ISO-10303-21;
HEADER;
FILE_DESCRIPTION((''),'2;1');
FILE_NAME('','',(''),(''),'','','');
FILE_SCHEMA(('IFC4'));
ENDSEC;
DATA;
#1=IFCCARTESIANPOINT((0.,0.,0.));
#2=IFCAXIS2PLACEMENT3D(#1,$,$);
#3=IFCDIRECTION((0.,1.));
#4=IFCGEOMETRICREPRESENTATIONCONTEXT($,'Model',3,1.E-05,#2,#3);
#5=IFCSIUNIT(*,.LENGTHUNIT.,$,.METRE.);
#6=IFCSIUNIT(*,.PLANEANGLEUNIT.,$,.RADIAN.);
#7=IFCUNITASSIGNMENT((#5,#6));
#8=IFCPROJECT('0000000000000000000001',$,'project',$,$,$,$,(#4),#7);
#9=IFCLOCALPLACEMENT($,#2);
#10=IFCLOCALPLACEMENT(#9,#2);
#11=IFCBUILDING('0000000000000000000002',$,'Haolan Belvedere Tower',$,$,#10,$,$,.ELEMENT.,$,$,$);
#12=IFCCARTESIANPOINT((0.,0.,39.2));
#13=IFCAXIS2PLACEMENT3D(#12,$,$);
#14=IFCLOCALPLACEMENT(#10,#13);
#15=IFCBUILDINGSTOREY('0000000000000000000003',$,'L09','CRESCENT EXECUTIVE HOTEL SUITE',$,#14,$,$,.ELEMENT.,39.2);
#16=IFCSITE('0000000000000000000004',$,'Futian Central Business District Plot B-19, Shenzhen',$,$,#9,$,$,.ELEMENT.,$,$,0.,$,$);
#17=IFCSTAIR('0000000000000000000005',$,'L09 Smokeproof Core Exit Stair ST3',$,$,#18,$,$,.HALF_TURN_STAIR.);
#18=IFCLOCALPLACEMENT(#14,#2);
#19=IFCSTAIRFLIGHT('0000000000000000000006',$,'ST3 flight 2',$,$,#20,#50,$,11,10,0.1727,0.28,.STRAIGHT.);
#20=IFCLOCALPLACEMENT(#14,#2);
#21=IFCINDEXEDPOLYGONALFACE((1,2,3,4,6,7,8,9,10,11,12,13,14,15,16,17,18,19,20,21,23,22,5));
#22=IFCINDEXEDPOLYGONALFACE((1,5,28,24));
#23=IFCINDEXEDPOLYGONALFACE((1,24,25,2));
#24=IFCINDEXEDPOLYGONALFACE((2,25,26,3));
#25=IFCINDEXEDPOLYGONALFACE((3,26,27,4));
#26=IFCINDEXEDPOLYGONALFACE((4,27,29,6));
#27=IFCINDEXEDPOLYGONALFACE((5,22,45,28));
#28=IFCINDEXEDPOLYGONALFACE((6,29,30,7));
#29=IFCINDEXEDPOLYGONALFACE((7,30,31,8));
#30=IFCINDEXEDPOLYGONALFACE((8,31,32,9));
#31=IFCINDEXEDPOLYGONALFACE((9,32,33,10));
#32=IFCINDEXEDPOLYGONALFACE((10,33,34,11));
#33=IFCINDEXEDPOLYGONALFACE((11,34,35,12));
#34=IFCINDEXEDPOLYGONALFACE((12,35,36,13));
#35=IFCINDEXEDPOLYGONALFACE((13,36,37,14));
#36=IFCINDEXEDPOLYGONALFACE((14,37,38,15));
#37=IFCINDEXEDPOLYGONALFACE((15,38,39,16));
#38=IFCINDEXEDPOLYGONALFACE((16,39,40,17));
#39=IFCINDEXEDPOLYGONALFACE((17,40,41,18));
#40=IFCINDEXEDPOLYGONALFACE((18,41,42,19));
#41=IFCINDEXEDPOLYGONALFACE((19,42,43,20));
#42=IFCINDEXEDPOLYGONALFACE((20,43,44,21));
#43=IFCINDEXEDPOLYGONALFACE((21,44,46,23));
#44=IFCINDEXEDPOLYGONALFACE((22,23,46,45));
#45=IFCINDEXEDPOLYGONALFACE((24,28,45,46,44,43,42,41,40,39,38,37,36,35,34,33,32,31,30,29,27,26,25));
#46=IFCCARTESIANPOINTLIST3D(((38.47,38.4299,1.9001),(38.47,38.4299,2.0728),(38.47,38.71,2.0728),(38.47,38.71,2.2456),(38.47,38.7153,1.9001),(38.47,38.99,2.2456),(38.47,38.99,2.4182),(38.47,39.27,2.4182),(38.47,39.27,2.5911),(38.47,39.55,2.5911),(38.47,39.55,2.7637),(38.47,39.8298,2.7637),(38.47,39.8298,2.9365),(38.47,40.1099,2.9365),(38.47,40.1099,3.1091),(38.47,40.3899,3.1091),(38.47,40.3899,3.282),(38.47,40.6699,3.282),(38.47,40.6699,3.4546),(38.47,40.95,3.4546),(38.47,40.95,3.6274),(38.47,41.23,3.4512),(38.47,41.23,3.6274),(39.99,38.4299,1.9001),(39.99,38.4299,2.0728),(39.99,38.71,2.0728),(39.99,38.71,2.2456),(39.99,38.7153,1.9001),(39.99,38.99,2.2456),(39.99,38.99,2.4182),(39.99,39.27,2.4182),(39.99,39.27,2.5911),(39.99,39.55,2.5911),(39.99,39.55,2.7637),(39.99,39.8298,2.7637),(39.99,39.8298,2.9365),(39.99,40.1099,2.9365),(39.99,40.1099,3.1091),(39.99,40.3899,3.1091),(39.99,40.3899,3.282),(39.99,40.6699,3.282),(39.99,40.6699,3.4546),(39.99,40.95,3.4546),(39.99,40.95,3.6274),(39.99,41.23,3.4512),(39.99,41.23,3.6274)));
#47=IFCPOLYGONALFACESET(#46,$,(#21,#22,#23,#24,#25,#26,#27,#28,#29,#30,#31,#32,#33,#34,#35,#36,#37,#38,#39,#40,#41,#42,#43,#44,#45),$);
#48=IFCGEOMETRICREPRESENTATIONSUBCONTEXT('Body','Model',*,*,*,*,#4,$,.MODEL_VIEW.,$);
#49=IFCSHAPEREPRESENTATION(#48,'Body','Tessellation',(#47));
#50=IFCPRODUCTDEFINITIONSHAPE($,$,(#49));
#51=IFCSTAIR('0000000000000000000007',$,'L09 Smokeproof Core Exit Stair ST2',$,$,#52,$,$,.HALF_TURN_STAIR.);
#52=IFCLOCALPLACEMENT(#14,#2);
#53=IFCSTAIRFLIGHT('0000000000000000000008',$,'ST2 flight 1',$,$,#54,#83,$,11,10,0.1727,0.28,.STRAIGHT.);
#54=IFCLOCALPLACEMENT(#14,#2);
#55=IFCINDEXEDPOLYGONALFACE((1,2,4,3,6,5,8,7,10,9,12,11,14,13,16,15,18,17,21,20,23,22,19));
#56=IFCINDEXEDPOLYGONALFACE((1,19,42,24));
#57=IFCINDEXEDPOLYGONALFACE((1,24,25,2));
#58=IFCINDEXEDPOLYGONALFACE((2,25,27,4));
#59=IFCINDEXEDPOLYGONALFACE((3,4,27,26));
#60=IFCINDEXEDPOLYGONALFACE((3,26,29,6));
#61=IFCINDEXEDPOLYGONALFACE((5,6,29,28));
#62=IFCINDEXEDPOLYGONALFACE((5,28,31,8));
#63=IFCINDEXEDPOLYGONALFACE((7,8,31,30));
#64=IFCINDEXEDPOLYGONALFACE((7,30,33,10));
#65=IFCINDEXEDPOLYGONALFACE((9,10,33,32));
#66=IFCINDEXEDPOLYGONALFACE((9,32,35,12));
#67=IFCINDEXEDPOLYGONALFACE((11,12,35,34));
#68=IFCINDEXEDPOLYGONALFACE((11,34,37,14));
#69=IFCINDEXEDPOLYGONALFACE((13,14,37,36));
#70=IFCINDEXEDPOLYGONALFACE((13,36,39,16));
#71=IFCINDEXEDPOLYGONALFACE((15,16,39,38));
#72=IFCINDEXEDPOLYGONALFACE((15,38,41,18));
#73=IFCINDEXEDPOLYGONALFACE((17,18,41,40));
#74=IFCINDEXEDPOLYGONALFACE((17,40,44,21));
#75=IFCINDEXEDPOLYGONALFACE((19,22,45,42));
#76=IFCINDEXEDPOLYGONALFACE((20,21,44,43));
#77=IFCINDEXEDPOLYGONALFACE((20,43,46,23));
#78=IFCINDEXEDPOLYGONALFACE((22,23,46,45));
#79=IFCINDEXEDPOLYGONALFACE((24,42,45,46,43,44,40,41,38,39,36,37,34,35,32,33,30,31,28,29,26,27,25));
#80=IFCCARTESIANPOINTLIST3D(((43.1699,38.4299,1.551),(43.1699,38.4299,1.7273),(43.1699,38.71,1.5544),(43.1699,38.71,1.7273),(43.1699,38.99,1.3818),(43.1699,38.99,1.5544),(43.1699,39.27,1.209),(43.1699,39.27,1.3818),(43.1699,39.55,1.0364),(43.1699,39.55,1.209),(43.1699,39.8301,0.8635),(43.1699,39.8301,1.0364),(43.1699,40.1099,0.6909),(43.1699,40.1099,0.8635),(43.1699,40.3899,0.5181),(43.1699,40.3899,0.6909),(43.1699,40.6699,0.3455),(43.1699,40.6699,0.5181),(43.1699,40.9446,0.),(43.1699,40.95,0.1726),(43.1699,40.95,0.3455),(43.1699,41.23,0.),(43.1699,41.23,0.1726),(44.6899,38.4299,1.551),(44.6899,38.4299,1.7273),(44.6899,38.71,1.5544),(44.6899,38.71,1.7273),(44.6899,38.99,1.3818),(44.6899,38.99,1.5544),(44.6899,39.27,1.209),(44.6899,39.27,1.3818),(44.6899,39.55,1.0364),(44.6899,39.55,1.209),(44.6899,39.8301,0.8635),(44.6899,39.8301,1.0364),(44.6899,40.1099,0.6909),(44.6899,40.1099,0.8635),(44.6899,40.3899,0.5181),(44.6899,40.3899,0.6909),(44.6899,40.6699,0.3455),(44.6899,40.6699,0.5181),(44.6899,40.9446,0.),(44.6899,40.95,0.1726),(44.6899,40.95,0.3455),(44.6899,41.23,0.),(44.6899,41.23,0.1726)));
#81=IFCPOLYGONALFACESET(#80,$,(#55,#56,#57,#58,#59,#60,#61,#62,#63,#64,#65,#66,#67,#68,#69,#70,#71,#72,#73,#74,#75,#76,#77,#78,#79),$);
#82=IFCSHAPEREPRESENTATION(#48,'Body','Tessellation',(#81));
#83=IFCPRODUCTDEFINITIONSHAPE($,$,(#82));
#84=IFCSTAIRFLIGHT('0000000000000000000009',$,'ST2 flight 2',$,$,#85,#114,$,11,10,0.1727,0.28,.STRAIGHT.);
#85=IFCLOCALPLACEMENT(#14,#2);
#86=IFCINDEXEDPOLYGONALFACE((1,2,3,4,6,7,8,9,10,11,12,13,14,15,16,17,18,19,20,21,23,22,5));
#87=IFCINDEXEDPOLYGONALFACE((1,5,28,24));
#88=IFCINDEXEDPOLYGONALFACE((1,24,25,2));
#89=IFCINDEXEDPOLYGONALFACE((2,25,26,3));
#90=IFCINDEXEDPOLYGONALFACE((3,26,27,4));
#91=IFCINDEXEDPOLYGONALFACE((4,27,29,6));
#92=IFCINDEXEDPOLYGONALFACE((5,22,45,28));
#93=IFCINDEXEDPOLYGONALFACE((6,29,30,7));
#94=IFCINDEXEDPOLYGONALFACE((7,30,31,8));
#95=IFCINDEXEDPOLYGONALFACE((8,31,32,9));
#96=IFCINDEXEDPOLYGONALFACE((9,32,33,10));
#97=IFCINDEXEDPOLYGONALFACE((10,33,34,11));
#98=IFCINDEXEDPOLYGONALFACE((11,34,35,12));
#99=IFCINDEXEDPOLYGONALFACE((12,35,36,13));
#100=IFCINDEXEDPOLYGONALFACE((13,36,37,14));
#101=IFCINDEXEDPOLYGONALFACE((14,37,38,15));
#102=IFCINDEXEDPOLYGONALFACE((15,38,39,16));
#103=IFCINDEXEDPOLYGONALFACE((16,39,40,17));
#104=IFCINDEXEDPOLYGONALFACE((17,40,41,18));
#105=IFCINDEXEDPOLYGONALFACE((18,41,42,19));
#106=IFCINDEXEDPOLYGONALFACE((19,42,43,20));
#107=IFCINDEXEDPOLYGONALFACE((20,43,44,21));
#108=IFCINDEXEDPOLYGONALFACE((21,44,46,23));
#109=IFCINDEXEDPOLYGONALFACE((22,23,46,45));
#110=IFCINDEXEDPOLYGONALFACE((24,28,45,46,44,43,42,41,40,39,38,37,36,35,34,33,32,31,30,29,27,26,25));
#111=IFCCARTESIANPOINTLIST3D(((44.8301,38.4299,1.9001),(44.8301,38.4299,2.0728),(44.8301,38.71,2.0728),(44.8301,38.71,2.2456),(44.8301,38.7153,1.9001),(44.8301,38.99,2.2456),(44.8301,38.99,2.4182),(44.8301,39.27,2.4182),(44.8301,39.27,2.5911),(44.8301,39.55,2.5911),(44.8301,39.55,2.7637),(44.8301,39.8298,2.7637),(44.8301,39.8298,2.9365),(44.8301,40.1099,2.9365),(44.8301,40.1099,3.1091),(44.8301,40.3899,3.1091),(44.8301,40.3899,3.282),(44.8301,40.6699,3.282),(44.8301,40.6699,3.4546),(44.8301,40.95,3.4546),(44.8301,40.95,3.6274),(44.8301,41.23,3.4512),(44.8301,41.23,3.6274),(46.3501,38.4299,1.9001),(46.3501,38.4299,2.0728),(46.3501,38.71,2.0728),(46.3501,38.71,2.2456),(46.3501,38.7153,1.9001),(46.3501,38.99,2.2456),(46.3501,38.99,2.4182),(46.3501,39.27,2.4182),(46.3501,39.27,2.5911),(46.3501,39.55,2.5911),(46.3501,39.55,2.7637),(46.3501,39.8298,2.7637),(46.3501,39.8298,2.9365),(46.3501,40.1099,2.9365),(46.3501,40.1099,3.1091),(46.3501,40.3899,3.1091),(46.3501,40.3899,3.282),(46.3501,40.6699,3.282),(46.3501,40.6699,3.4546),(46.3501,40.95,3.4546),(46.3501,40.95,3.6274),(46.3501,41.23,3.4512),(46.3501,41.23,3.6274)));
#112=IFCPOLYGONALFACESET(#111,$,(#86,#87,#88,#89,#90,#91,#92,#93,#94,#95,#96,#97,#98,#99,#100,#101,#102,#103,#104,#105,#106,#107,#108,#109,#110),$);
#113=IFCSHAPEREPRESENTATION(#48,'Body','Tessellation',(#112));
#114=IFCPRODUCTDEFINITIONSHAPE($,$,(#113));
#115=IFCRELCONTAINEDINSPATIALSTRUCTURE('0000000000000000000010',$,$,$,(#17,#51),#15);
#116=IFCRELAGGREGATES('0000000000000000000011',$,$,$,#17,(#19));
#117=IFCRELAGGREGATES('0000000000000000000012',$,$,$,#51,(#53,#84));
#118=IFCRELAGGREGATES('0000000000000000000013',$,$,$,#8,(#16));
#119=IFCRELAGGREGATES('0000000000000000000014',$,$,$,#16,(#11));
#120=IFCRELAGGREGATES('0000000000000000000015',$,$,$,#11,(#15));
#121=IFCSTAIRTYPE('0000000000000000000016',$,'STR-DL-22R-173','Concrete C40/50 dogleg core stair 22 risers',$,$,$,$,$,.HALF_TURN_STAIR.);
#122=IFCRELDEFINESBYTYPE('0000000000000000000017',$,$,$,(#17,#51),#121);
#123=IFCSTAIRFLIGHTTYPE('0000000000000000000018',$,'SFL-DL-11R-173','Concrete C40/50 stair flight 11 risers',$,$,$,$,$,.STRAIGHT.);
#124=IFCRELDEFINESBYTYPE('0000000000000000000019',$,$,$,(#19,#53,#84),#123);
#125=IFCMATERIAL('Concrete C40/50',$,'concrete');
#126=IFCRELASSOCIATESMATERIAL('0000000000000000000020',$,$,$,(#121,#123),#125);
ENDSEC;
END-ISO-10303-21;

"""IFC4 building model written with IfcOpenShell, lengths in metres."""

from ifc_helpers import new_model, si_unit, direction, frame, origin, place, context, subcontext, project, spatial, polyline, outline, extrude, material, type_object, element, aggregate, save


model = new_model("IFC4")

# Units and contexts
model_context = context("Model", 3, precision=1e-05, world=origin(), true_north=direction((0.0, 1.0)))
body_context = subcontext(model_context, "Body", "Model", "MODEL_VIEW")
ifc_project = project(units=[si_unit("LENGTHUNIT", "METRE"), si_unit("PLANEANGLEUNIT", "RADIAN")], contexts=[model_context])

# Site, building, storey
site_placement = place(None, origin())
site = spatial("IfcSite", under=ifc_project, at=site_placement, Name="Futian Central Business District Plot B-19, Shenzhen", CompositionType="ELEMENT", RefElevation=0.0)
building_placement = place(site_placement, origin())
building = spatial("IfcBuilding", under=site, at=building_placement, Name="Haolan Belvedere Tower", CompositionType="ELEMENT")
storey_placement = place(building_placement, frame((0.0, 0.0, 39.2)))
storey = spatial("IfcBuildingStorey", under=building, at=storey_placement, Name="L09", Description="CRESCENT EXECUTIVE HOTEL SUITE", CompositionType="ELEMENT", Elevation=39.2)

# Stairs, stair flights
ifc_material_1 = material(Name="Concrete C40/50", Category="concrete")
stair_type = type_object("IfcStairType", Name="STR-DL-22R-173", Description="Concrete C40/50 dogleg core stair 22 risers", PredefinedType="HALF_TURN_STAIR", material=ifc_material_1)
stair_1_placement = place(storey_placement, origin())
stair_1 = element("IfcStair", 1, at=stair_1_placement, inside=storey, type_object=stair_type, Name="L09 Smokeproof Core Exit Stair ST3", PredefinedType="HALF_TURN_STAIR")
stair_flight_type = type_object("IfcStairFlightType", Name="SFL-DL-11R-173", Description="Concrete C40/50 stair flight 11 risers", PredefinedType="STRAIGHT", material=ifc_material_1)
stair_flight_1_placement = place(storey_placement, frame((39.23, 38.4299, 1.9001), z_axis=(0.0, 0.0, 1.0), x_axis=(0.0, 1.0, 0.0)))
stair_flight_1 = element("IfcStairFlight", 2, at=stair_flight_1_placement, type_object=stair_flight_type, Name="ST3 flight 2", NumberOfRisers=11, NumberOfTreads=10, PredefinedType="STRAIGHT", RiserHeight=0.1727, TreadLength=0.28, context=body_context, shape_type="SweptSolid", body=[
    extrude(outline(polyline([(0.0, 0.0), (0.0, 0.1726), (0.28, 0.1726), (0.28, 0.3455), (0.5601, 0.3455), (0.5601, 0.5181), (0.8401, 0.5181), (0.8401, 0.6909), (1.1201, 0.6909), (1.1201, 0.8635), (1.3999, 0.8635), (1.3999, 1.0364), (1.6799, 1.0364), (1.6799, 1.209), (1.96, 1.209), (1.96, 1.3818), (2.24, 1.3818), (2.24, 1.5544), (2.52, 1.5544), (2.52, 1.7273), (2.8, 1.7273), (2.8, 1.8999), (2.8, 1.551), (0.2854, 0.0), (0.0, 0.0)])), frame((0.0, 0.76, 0.0), z_axis=(0.0, -1.0, 0.0), x_axis=(1.0, 0.0, 0.0)), (0.0, 0.0, 1.0), 1.52),
])
aggregate(stair_1, [stair_flight_1])
stair_2_placement = place(storey_placement, origin())
stair_2 = element("IfcStair", 3, at=stair_2_placement, inside=storey, type_object=stair_type, Name="L09 Smokeproof Core Exit Stair ST2", PredefinedType="HALF_TURN_STAIR")
stair_flight_2_placement = place(storey_placement, frame((43.9299, 41.23, 0.0), z_axis=(0.0, 0.0, 1.0), x_axis=(0.0, -1.0, 0.0)))
stair_flight_2 = element("IfcStairFlight", 4, at=stair_flight_2_placement, type_object=stair_flight_type, Name="ST2 flight 1", NumberOfRisers=11, NumberOfTreads=10, PredefinedType="STRAIGHT", RiserHeight=0.1727, TreadLength=0.28, context=body_context, shape_type="SweptSolid", body=[
    extrude(outline(polyline([(0.0, 0.0), (0.0, 0.1726), (0.28, 0.1726), (0.28, 0.3455), (0.5601, 0.3455), (0.5601, 0.5181), (0.8401, 0.5181), (0.8401, 0.6909), (1.1201, 0.6909), (1.1201, 0.8635), (1.3999, 0.8635), (1.3999, 1.0364), (1.6799, 1.0364), (1.6799, 1.209), (1.96, 1.209), (1.96, 1.3818), (2.24, 1.3818), (2.24, 1.5544), (2.52, 1.5544), (2.52, 1.7273), (2.8, 1.7273), (2.8, 1.8999), (2.8, 1.551), (0.2854, 0.0), (0.0, 0.0)])), frame((0.0, 0.76, 0.0), z_axis=(0.0, -1.0, 0.0), x_axis=(1.0, 0.0, 0.0)), (0.0, 0.0, 1.0), 1.52),
])
stair_flight_3_placement = place(storey_placement, frame((45.5901, 38.4299, 1.9001), z_axis=(0.0, 0.0, 1.0), x_axis=(0.0, 1.0, 0.0)))
stair_flight_3 = element("IfcStairFlight", 5, at=stair_flight_3_placement, type_object=stair_flight_type, Name="ST2 flight 2", NumberOfRisers=11, NumberOfTreads=10, PredefinedType="STRAIGHT", RiserHeight=0.1727, TreadLength=0.28, context=body_context, shape_type="SweptSolid", body=[
    extrude(outline(polyline([(0.0, 0.0), (0.0, 0.1726), (0.28, 0.1726), (0.28, 0.3455), (0.5601, 0.3455), (0.5601, 0.5181), (0.8401, 0.5181), (0.8401, 0.6909), (1.1201, 0.6909), (1.1201, 0.8635), (1.3999, 0.8635), (1.3999, 1.0364), (1.6799, 1.0364), (1.6799, 1.209), (1.96, 1.209), (1.96, 1.3818), (2.24, 1.3818), (2.24, 1.5544), (2.52, 1.5544), (2.52, 1.7273), (2.8, 1.7273), (2.8, 1.8999), (2.8, 1.551), (0.2854, 0.0), (0.0, 0.0)])), frame((0.0, 0.76, 0.0), z_axis=(0.0, -1.0, 0.0), x_axis=(1.0, 0.0, 0.0)), (0.0, 0.0, 1.0), 1.52),
])
aggregate(stair_2, [stair_flight_2, stair_flight_3])

save(model, "model.ifc")
